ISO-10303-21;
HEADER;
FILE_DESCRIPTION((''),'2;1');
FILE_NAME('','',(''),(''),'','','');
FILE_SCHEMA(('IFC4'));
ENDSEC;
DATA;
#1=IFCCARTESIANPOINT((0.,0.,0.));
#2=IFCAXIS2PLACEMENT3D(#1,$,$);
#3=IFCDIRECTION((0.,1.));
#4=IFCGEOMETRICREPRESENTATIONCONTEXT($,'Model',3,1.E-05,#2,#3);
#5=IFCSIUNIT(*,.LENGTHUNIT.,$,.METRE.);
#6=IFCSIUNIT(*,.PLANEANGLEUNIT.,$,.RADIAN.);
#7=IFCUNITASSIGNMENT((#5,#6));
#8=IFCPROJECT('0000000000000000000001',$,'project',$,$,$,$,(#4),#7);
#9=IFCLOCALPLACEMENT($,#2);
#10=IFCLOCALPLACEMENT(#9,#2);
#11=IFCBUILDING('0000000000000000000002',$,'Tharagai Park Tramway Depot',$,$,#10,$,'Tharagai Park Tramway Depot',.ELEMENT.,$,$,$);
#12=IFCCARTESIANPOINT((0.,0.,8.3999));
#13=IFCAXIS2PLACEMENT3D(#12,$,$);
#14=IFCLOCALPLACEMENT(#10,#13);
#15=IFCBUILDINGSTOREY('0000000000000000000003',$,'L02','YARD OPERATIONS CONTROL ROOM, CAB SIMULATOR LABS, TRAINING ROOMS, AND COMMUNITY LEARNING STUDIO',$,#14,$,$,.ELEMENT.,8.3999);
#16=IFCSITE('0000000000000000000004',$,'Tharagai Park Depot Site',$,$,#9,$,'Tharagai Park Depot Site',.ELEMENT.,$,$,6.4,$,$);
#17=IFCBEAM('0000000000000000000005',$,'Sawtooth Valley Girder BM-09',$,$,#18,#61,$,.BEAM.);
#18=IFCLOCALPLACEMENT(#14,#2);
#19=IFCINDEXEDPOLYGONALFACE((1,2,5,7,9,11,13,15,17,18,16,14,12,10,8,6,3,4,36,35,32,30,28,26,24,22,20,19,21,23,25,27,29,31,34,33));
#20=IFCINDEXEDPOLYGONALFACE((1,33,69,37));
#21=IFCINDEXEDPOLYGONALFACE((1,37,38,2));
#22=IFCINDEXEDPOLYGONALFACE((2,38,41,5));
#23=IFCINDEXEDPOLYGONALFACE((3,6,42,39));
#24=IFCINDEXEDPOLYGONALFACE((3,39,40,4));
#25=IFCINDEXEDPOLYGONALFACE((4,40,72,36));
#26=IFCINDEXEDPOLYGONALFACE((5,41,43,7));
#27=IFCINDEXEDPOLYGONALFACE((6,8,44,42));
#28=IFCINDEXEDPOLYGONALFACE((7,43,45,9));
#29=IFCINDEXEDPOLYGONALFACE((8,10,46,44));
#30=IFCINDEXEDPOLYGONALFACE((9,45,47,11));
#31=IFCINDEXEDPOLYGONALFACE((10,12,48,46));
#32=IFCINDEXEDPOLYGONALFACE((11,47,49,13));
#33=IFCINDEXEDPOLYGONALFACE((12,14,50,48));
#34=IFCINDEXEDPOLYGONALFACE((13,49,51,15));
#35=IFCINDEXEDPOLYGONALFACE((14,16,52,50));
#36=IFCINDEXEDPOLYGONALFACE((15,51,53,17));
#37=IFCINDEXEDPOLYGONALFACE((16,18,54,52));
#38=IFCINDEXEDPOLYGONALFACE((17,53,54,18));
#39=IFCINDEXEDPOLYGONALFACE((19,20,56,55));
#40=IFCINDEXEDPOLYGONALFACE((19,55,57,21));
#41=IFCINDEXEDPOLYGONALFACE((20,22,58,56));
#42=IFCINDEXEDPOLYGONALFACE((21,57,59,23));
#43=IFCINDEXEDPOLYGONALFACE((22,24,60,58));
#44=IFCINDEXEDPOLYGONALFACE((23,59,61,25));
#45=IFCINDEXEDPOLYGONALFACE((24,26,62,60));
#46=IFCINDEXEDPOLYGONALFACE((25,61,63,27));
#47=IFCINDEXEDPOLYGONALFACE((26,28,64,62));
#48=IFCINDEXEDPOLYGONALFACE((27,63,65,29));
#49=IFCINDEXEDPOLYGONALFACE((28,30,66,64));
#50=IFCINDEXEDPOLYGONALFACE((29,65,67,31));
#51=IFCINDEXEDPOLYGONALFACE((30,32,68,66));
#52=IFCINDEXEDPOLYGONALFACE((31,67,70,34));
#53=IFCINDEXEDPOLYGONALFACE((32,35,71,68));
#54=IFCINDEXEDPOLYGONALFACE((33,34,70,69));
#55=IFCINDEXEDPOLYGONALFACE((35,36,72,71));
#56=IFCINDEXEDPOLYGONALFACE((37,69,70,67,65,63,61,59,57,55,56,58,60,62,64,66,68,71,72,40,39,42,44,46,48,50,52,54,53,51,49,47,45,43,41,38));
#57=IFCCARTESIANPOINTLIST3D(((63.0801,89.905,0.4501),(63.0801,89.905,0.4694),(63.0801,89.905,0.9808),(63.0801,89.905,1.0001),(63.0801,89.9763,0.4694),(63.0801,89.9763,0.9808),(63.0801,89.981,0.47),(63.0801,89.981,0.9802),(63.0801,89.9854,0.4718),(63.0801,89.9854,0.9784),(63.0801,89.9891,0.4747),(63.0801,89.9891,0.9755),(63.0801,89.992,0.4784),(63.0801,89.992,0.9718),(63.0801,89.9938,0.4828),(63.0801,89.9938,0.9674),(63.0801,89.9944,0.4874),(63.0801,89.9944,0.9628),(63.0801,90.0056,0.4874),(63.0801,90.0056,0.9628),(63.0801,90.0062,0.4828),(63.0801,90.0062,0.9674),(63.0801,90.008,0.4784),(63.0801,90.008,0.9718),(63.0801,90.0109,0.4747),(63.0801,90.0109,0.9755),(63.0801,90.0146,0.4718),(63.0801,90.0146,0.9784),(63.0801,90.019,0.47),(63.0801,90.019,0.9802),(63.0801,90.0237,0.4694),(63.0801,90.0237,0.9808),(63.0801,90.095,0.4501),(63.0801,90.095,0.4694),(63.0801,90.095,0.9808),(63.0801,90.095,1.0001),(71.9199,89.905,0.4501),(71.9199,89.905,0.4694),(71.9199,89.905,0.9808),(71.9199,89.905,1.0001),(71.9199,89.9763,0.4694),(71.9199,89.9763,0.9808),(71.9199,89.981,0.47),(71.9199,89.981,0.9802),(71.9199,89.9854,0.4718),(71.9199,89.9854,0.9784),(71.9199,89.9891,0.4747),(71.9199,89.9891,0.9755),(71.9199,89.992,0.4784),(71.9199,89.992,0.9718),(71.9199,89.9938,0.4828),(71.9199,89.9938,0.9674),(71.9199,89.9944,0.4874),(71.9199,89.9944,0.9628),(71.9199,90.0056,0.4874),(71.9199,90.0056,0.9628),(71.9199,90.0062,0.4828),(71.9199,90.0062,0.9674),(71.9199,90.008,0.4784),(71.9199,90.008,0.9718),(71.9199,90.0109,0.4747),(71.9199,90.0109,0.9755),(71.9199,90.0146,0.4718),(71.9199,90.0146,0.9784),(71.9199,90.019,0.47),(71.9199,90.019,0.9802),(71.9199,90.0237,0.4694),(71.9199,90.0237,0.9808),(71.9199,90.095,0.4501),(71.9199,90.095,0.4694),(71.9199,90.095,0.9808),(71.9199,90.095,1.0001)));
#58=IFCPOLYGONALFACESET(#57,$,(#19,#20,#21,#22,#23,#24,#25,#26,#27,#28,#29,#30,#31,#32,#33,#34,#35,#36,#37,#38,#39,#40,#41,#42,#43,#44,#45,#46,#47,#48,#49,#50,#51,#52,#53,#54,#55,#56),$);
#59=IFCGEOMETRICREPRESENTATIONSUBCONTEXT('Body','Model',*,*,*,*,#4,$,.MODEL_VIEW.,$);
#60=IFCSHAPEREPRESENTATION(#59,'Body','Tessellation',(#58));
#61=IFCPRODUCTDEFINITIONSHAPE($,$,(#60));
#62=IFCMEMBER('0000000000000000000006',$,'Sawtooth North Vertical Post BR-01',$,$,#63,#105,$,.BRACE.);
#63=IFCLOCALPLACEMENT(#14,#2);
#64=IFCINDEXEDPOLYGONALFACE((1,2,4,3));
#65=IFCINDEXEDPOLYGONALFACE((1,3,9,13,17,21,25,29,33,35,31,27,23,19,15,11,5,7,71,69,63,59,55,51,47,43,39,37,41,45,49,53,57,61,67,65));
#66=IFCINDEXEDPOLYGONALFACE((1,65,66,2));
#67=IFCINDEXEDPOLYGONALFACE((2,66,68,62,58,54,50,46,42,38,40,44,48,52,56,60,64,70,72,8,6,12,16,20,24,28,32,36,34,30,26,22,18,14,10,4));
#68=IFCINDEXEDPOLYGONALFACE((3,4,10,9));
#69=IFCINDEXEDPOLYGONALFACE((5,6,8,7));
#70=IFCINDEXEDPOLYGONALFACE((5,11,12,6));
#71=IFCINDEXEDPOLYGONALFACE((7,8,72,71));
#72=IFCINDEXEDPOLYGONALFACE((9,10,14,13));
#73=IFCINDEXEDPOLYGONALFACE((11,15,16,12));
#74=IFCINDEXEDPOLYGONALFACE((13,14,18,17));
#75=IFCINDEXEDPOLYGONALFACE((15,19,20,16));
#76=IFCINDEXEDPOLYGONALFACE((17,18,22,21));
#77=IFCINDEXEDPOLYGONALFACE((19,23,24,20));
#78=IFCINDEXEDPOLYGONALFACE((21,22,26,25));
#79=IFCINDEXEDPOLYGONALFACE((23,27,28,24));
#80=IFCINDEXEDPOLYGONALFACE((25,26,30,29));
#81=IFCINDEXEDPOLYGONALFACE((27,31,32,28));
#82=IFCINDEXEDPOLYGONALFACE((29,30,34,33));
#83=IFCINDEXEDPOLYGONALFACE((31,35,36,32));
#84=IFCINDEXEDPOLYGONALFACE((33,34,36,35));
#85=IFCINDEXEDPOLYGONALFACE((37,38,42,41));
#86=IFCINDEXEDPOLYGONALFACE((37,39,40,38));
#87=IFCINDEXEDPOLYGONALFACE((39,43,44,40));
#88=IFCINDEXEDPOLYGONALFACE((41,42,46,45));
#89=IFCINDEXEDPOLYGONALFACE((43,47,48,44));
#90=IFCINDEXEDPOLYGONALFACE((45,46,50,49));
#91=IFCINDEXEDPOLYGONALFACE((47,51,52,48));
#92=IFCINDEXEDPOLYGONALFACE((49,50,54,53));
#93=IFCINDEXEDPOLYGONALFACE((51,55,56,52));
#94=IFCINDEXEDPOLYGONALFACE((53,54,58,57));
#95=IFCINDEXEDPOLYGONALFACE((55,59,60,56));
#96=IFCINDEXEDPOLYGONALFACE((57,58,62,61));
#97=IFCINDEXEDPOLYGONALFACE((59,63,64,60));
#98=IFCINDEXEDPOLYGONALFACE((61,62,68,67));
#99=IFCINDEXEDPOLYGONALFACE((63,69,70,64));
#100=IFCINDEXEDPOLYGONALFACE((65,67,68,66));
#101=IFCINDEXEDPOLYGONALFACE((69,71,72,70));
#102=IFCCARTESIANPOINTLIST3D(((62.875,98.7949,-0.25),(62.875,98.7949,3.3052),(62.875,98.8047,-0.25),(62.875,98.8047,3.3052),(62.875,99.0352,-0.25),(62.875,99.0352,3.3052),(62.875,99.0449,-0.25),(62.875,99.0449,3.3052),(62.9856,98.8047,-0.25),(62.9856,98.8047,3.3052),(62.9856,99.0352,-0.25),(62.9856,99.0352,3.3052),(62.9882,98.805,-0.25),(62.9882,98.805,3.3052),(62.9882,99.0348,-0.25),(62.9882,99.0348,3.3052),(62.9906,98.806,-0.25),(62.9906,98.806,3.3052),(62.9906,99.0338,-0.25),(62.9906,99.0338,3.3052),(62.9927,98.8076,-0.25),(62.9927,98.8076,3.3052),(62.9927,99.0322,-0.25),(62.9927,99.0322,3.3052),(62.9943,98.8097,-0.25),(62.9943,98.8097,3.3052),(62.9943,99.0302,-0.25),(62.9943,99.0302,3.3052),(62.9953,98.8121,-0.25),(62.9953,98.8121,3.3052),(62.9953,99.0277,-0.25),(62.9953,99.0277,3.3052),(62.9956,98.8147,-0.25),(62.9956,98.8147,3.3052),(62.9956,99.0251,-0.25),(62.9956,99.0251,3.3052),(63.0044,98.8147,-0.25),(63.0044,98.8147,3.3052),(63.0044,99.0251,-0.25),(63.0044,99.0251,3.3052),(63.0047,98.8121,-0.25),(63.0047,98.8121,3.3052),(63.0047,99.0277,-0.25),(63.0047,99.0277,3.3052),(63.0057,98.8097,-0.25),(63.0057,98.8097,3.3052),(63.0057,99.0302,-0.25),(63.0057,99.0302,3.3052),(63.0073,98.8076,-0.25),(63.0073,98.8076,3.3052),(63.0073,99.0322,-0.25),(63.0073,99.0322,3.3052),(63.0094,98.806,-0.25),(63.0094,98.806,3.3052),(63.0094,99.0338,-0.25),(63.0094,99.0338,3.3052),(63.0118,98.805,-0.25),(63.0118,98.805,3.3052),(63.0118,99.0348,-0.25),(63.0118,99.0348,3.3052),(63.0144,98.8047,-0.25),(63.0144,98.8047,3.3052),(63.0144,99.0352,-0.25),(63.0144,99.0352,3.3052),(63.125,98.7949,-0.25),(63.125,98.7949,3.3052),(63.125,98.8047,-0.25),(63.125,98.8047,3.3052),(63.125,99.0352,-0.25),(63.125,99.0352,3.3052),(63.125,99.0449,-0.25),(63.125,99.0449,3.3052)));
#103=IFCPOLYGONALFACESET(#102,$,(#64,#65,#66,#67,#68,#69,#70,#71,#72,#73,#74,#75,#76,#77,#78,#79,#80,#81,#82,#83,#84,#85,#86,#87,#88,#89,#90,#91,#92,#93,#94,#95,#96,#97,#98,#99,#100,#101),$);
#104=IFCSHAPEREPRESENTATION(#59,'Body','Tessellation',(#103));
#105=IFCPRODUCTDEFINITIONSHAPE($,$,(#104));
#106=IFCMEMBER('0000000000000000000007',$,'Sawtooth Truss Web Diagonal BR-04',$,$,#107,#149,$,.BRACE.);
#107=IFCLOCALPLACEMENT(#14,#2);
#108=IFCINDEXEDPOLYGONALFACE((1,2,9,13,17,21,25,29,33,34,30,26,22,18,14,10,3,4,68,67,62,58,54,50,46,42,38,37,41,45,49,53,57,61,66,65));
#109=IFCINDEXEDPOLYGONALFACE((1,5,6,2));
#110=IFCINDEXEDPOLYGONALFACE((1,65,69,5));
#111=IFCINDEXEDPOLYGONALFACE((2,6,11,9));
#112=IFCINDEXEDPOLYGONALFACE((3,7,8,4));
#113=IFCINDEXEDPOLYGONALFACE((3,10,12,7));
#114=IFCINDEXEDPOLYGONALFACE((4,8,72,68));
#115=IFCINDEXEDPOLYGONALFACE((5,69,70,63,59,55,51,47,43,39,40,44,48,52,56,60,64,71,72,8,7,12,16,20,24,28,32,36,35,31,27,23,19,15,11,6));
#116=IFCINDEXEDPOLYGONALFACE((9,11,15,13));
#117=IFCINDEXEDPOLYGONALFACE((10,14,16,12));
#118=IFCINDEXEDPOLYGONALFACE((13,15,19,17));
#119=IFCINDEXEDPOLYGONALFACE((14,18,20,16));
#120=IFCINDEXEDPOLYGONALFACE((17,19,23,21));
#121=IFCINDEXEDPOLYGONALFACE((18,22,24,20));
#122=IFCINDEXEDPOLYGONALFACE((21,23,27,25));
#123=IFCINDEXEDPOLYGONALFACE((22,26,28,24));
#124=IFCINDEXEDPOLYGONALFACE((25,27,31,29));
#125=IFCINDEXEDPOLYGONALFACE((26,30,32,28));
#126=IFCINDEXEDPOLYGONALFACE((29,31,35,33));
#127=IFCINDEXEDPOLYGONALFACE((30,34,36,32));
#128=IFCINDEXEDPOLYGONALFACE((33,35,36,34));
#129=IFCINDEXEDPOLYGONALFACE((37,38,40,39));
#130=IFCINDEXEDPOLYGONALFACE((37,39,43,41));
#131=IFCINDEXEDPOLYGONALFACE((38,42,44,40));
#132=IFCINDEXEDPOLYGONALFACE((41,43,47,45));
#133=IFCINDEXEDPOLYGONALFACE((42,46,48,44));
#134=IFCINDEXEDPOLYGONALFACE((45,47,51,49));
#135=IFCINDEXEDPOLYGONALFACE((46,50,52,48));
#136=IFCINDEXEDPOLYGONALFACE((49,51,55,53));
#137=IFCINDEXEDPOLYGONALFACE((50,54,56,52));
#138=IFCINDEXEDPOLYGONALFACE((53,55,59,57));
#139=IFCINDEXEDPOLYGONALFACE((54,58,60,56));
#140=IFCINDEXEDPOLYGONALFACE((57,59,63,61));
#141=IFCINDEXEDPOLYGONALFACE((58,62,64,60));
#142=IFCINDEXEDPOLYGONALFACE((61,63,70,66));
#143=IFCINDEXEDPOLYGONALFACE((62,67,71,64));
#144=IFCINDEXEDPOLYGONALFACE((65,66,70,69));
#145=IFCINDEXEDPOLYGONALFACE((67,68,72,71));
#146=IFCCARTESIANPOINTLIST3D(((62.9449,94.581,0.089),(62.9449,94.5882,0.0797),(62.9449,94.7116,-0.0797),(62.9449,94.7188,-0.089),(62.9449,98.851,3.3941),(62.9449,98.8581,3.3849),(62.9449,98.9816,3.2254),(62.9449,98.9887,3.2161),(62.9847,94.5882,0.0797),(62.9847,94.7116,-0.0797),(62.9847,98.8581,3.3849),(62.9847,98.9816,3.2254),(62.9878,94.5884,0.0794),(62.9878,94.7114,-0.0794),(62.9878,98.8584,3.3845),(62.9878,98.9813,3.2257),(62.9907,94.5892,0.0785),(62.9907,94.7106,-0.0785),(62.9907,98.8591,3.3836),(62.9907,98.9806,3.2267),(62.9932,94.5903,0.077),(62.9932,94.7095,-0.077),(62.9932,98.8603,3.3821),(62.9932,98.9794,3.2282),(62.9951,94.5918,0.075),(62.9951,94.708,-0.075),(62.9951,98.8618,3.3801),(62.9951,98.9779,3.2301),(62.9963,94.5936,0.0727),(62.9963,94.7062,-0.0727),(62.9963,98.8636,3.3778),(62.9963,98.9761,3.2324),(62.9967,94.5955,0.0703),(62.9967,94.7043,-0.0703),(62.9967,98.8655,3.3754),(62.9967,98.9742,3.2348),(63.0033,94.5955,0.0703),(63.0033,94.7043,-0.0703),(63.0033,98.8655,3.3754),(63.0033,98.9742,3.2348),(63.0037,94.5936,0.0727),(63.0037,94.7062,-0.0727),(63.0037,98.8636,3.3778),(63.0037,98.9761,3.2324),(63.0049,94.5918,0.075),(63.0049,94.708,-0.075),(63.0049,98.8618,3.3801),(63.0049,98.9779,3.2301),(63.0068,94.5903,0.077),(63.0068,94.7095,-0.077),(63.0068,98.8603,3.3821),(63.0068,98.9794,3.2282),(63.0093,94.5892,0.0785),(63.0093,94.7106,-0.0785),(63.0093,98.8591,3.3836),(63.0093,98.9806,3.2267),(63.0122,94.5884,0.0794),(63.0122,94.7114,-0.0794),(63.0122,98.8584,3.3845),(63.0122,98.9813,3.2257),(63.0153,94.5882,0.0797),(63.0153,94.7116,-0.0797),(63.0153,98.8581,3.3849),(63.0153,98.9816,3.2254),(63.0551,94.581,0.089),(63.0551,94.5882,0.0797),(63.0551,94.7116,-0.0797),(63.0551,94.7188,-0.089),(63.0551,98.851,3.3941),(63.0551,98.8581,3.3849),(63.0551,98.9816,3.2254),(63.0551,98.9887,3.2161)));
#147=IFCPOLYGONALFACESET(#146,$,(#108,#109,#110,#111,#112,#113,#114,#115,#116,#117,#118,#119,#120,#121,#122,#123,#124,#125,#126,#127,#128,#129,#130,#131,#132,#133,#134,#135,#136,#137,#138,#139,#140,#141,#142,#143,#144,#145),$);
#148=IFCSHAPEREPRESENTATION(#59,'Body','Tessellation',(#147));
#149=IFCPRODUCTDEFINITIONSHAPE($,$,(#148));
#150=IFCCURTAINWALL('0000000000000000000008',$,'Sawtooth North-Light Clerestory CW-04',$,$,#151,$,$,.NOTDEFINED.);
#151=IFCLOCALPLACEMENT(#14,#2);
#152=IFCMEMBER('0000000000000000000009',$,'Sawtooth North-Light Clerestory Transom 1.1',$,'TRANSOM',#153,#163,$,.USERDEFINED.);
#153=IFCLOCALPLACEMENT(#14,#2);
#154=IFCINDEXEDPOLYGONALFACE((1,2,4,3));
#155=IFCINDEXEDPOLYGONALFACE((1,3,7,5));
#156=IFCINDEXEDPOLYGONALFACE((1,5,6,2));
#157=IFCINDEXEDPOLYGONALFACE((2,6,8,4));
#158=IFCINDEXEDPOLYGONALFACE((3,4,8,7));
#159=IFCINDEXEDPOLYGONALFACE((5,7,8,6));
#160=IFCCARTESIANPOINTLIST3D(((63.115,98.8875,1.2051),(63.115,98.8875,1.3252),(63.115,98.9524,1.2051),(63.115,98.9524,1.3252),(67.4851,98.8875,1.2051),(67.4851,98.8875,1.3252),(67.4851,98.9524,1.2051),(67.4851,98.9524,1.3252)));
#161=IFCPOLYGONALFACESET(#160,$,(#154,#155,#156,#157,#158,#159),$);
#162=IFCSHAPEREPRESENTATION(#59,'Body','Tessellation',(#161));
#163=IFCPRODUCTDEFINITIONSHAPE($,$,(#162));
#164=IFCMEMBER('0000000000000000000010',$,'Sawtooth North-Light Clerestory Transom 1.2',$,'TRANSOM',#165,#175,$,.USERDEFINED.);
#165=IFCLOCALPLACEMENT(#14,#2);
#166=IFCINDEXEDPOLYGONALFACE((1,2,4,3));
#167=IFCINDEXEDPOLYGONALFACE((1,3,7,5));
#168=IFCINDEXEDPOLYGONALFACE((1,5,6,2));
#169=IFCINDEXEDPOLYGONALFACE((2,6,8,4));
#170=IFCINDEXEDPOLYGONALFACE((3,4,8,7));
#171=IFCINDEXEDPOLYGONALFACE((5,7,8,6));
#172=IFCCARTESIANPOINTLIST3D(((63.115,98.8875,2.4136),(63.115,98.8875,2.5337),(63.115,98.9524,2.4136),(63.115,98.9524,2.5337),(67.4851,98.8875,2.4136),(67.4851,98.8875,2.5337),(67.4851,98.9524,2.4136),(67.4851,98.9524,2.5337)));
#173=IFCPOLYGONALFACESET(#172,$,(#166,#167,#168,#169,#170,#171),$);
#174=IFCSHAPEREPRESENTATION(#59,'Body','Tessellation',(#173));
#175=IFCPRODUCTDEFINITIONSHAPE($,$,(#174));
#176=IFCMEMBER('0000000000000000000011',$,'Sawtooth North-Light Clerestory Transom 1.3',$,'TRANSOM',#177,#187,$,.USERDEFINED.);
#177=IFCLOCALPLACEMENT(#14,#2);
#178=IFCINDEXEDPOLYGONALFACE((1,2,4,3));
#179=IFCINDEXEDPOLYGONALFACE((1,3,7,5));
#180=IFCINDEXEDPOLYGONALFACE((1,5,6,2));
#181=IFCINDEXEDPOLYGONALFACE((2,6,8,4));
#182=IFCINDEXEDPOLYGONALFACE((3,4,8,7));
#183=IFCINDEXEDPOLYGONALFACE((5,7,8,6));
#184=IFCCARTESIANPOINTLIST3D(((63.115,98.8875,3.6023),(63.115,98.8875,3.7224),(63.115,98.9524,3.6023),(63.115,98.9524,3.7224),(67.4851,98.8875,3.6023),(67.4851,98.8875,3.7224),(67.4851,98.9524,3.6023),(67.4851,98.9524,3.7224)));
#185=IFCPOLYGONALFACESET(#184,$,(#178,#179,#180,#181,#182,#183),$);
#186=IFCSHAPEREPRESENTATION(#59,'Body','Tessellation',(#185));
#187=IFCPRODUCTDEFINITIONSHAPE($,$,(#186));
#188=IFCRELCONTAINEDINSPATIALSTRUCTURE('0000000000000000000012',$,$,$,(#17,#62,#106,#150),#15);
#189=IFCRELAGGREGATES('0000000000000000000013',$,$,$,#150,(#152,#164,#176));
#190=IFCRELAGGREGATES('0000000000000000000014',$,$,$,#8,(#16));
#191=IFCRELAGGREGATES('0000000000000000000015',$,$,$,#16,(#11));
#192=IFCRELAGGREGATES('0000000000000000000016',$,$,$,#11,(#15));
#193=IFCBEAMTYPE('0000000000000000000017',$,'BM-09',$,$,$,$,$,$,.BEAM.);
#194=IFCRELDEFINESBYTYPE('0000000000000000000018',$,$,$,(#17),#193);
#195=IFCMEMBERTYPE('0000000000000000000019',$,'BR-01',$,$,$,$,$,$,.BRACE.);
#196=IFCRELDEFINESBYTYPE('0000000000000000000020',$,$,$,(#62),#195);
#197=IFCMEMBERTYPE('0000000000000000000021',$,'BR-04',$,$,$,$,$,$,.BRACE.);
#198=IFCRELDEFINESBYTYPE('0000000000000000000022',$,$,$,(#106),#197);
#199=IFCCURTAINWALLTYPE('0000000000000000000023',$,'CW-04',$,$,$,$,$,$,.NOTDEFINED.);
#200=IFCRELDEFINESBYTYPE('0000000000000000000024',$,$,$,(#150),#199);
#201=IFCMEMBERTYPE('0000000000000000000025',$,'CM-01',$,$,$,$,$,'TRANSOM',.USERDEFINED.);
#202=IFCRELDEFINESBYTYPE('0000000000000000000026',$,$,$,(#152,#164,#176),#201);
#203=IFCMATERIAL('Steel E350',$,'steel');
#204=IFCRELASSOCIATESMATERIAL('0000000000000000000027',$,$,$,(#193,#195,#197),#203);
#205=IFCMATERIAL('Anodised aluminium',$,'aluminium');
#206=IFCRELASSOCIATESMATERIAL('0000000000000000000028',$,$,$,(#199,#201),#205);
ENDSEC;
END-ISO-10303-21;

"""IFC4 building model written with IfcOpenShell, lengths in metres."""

from ifc_helpers import new_model, si_unit, direction, frame, origin, origin_2d, place, context, subcontext, project, spatial, rectangle, i_section, extrude, material, material_profile, profile_set, type_object, element, aggregate, save


model = new_model("IFC4")

# Units and contexts
model_context = context("Model", 3, precision=1e-05, world=origin(), true_north=direction((0.0, 1.0)))
body_context = subcontext(model_context, "Body", "Model", "MODEL_VIEW")
ifc_project = project(units=[si_unit("LENGTHUNIT", "METRE"), si_unit("PLANEANGLEUNIT", "RADIAN")], contexts=[model_context])

# Site, building, storey
site_placement = place(None, origin())
site = spatial("IfcSite", under=ifc_project, at=site_placement, Name="Tharagai Park Depot Site", LongName="Tharagai Park Depot Site", CompositionType="ELEMENT", RefElevation=6.4)
building_placement = place(site_placement, origin())
building = spatial("IfcBuilding", under=site, at=building_placement, Name="Tharagai Park Tramway Depot", LongName="Tharagai Park Tramway Depot", CompositionType="ELEMENT")
storey_placement = place(building_placement, frame((0.0, 0.0, 8.3999)))
storey = spatial("IfcBuildingStorey", under=building, at=storey_placement, Name="L02", Description="YARD OPERATIONS CONTROL ROOM, CAB SIMULATOR LABS, TRAINING ROOMS, AND COMMUNITY LEARNING STUDIO", CompositionType="ELEMENT", Elevation=8.3999)

# Shared definitions
ifc_material_1 = material(Name="Steel E350", Category="steel")

# Beam
ifc_material_profile_1 = material_profile(ifc_material_1, i_section(OverallWidth=0.1899, OverallDepth=0.55, WebThickness=0.0112, FlangeThickness=0.0193, FilletRadius=0.0181, at=origin_2d()), Name="ISMB 550")
ifc_profile_set_1 = profile_set([ifc_material_profile_1], Name="Steel E350")
beam_type_1 = type_object("IfcBeamType", Name="BM-09", PredefinedType="BEAM", material=ifc_profile_set_1)
beam_1_placement = place(storey_placement, frame((63.0801, 90.0, 0.7251), z_axis=(1.0, 0.0, 0.0), x_axis=(0.0, 1.0, 0.0)))
element("IfcBeam", 1, at=beam_1_placement, inside=storey, type_object=beam_type_1, Name="Sawtooth Valley Girder BM-09", PredefinedType="BEAM", context=body_context, shape_type="SweptSolid", body=[
    extrude(i_section(OverallWidth=0.1899, OverallDepth=0.55, WebThickness=0.0112, FlangeThickness=0.0193, FilletRadius=0.0181, at=origin_2d()), origin(), (0.0, 0.0, 1.0), 8.8398),
])

# Members
ifc_material_profile_2 = material_profile(ifc_material_1, i_section(OverallWidth=0.25, OverallDepth=0.25, WebThickness=0.0088, FlangeThickness=0.0098, FilletRadius=0.01, at=origin_2d()), Name="ISHB 250")
ifc_profile_set_2 = profile_set([ifc_material_profile_2], Name="Steel E350")
member_type_1 = type_object("IfcMemberType", Name="BR-01", PredefinedType="BRACE", material=ifc_profile_set_2)
member_1_placement = place(storey_placement, frame((63.0, 98.9199, -0.25), z_axis=(0.0, 0.0, 1.0), x_axis=(1.0, 0.0, 0.0)))
element("IfcMember", 2, at=member_1_placement, inside=storey, type_object=member_type_1, Name="Sawtooth North Vertical Post BR-01", PredefinedType="BRACE", context=body_context, shape_type="SweptSolid", body=[
    extrude(i_section(OverallWidth=0.25, OverallDepth=0.25, WebThickness=0.0088, FlangeThickness=0.0098, FilletRadius=0.01, at=origin_2d()), origin(), (0.0, 0.0, 1.0), 3.5552),
])
ifc_material_profile_3 = material_profile(ifc_material_1, i_section(OverallWidth=0.1101, OverallDepth=0.2251, WebThickness=0.0066, FlangeThickness=0.0117, FilletRadius=0.012, at=origin_2d()), Name="ISMB 225")
ifc_profile_set_3 = profile_set([ifc_material_profile_3], Name="Steel E350")
member_type_2 = type_object("IfcMemberType", Name="BR-04", PredefinedType="BRACE", material=ifc_profile_set_3)
member_2_placement = place(storey_placement, frame((63.0, 94.6499, 0.0), z_axis=(0.0, 0.790782, 0.612098), x_axis=(-1.0, 0.0, 0.0)))
element("IfcMember", 3, at=member_2_placement, inside=storey, type_object=member_type_2, Name="Sawtooth Truss Web Diagonal BR-04", PredefinedType="BRACE", context=body_context, shape_type="SweptSolid", body=[
    extrude(i_section(OverallWidth=0.1101, OverallDepth=0.2251, WebThickness=0.0066, FlangeThickness=0.0117, FilletRadius=0.012, at=origin_2d()), origin(), (0.0, 0.0, 1.0), 5.3997),
])

# Curtain wall, members
ifc_material_2 = material(Name="Anodised aluminium", Category="aluminium")
curtain_wall_type = type_object("IfcCurtainWallType", Name="CW-04", PredefinedType="NOTDEFINED", material=ifc_material_2)
curtain_wall_placement = place(storey_placement, origin())
curtain_wall = element("IfcCurtainWall", 4, at=curtain_wall_placement, inside=storey, type_object=curtain_wall_type, Name="Sawtooth North-Light Clerestory CW-04", PredefinedType="NOTDEFINED")
ifc_material_profile_4 = material_profile(ifc_material_2, rectangle(XDim=0.0649, YDim=0.1201, at=origin_2d()), Name="ALU 65x120")
ifc_profile_set_4 = profile_set([ifc_material_profile_4], Name="Anodised aluminium")
member_type_3 = type_object("IfcMemberType", Name="CM-01", ElementType="TRANSOM", PredefinedType="USERDEFINED", material=ifc_profile_set_4)
member_3_placement = place(storey_placement, frame((63.115, 98.9199, 1.2651), z_axis=(1.0, 0.0, 0.0), x_axis=(0.0, 1.0, 0.0)))
member_3 = element("IfcMember", 5, at=member_3_placement, type_object=member_type_3, Name="Sawtooth North-Light Clerestory Transom 1.1", ObjectType="TRANSOM", PredefinedType="USERDEFINED", context=body_context, shape_type="SweptSolid", body=[
    extrude(rectangle(XDim=0.0649, YDim=0.1201, at=origin_2d()), origin(), (0.0, 0.0, 1.0), 4.3701),
])
member_4_placement = place(storey_placement, frame((63.115, 98.9199, 2.4736), z_axis=(1.0, 0.0, 0.0), x_axis=(0.0, 1.0, 0.0)))
member_4 = element("IfcMember", 6, at=member_4_placement, type_object=member_type_3, Name="Sawtooth North-Light Clerestory Transom 1.2", ObjectType="TRANSOM", PredefinedType="USERDEFINED", context=body_context, shape_type="SweptSolid", body=[
    extrude(rectangle(XDim=0.0649, YDim=0.1201, at=origin_2d()), origin(), (0.0, 0.0, 1.0), 4.3701),
])
member_5_placement = place(storey_placement, frame((63.115, 98.9199, 3.6624), z_axis=(1.0, 0.0, 0.0), x_axis=(0.0, 1.0, 0.0)))
member_5 = element("IfcMember", 7, at=member_5_placement, type_object=member_type_3, Name="Sawtooth North-Light Clerestory Transom 1.3", ObjectType="TRANSOM", PredefinedType="USERDEFINED", context=body_context, shape_type="SweptSolid", body=[
    extrude(rectangle(XDim=0.0649, YDim=0.1201, at=origin_2d()), origin(), (0.0, 0.0, 1.0), 4.3701),
])

aggregate(curtain_wall, [member_3, member_4, member_5])

save(model, "model.ifc")
